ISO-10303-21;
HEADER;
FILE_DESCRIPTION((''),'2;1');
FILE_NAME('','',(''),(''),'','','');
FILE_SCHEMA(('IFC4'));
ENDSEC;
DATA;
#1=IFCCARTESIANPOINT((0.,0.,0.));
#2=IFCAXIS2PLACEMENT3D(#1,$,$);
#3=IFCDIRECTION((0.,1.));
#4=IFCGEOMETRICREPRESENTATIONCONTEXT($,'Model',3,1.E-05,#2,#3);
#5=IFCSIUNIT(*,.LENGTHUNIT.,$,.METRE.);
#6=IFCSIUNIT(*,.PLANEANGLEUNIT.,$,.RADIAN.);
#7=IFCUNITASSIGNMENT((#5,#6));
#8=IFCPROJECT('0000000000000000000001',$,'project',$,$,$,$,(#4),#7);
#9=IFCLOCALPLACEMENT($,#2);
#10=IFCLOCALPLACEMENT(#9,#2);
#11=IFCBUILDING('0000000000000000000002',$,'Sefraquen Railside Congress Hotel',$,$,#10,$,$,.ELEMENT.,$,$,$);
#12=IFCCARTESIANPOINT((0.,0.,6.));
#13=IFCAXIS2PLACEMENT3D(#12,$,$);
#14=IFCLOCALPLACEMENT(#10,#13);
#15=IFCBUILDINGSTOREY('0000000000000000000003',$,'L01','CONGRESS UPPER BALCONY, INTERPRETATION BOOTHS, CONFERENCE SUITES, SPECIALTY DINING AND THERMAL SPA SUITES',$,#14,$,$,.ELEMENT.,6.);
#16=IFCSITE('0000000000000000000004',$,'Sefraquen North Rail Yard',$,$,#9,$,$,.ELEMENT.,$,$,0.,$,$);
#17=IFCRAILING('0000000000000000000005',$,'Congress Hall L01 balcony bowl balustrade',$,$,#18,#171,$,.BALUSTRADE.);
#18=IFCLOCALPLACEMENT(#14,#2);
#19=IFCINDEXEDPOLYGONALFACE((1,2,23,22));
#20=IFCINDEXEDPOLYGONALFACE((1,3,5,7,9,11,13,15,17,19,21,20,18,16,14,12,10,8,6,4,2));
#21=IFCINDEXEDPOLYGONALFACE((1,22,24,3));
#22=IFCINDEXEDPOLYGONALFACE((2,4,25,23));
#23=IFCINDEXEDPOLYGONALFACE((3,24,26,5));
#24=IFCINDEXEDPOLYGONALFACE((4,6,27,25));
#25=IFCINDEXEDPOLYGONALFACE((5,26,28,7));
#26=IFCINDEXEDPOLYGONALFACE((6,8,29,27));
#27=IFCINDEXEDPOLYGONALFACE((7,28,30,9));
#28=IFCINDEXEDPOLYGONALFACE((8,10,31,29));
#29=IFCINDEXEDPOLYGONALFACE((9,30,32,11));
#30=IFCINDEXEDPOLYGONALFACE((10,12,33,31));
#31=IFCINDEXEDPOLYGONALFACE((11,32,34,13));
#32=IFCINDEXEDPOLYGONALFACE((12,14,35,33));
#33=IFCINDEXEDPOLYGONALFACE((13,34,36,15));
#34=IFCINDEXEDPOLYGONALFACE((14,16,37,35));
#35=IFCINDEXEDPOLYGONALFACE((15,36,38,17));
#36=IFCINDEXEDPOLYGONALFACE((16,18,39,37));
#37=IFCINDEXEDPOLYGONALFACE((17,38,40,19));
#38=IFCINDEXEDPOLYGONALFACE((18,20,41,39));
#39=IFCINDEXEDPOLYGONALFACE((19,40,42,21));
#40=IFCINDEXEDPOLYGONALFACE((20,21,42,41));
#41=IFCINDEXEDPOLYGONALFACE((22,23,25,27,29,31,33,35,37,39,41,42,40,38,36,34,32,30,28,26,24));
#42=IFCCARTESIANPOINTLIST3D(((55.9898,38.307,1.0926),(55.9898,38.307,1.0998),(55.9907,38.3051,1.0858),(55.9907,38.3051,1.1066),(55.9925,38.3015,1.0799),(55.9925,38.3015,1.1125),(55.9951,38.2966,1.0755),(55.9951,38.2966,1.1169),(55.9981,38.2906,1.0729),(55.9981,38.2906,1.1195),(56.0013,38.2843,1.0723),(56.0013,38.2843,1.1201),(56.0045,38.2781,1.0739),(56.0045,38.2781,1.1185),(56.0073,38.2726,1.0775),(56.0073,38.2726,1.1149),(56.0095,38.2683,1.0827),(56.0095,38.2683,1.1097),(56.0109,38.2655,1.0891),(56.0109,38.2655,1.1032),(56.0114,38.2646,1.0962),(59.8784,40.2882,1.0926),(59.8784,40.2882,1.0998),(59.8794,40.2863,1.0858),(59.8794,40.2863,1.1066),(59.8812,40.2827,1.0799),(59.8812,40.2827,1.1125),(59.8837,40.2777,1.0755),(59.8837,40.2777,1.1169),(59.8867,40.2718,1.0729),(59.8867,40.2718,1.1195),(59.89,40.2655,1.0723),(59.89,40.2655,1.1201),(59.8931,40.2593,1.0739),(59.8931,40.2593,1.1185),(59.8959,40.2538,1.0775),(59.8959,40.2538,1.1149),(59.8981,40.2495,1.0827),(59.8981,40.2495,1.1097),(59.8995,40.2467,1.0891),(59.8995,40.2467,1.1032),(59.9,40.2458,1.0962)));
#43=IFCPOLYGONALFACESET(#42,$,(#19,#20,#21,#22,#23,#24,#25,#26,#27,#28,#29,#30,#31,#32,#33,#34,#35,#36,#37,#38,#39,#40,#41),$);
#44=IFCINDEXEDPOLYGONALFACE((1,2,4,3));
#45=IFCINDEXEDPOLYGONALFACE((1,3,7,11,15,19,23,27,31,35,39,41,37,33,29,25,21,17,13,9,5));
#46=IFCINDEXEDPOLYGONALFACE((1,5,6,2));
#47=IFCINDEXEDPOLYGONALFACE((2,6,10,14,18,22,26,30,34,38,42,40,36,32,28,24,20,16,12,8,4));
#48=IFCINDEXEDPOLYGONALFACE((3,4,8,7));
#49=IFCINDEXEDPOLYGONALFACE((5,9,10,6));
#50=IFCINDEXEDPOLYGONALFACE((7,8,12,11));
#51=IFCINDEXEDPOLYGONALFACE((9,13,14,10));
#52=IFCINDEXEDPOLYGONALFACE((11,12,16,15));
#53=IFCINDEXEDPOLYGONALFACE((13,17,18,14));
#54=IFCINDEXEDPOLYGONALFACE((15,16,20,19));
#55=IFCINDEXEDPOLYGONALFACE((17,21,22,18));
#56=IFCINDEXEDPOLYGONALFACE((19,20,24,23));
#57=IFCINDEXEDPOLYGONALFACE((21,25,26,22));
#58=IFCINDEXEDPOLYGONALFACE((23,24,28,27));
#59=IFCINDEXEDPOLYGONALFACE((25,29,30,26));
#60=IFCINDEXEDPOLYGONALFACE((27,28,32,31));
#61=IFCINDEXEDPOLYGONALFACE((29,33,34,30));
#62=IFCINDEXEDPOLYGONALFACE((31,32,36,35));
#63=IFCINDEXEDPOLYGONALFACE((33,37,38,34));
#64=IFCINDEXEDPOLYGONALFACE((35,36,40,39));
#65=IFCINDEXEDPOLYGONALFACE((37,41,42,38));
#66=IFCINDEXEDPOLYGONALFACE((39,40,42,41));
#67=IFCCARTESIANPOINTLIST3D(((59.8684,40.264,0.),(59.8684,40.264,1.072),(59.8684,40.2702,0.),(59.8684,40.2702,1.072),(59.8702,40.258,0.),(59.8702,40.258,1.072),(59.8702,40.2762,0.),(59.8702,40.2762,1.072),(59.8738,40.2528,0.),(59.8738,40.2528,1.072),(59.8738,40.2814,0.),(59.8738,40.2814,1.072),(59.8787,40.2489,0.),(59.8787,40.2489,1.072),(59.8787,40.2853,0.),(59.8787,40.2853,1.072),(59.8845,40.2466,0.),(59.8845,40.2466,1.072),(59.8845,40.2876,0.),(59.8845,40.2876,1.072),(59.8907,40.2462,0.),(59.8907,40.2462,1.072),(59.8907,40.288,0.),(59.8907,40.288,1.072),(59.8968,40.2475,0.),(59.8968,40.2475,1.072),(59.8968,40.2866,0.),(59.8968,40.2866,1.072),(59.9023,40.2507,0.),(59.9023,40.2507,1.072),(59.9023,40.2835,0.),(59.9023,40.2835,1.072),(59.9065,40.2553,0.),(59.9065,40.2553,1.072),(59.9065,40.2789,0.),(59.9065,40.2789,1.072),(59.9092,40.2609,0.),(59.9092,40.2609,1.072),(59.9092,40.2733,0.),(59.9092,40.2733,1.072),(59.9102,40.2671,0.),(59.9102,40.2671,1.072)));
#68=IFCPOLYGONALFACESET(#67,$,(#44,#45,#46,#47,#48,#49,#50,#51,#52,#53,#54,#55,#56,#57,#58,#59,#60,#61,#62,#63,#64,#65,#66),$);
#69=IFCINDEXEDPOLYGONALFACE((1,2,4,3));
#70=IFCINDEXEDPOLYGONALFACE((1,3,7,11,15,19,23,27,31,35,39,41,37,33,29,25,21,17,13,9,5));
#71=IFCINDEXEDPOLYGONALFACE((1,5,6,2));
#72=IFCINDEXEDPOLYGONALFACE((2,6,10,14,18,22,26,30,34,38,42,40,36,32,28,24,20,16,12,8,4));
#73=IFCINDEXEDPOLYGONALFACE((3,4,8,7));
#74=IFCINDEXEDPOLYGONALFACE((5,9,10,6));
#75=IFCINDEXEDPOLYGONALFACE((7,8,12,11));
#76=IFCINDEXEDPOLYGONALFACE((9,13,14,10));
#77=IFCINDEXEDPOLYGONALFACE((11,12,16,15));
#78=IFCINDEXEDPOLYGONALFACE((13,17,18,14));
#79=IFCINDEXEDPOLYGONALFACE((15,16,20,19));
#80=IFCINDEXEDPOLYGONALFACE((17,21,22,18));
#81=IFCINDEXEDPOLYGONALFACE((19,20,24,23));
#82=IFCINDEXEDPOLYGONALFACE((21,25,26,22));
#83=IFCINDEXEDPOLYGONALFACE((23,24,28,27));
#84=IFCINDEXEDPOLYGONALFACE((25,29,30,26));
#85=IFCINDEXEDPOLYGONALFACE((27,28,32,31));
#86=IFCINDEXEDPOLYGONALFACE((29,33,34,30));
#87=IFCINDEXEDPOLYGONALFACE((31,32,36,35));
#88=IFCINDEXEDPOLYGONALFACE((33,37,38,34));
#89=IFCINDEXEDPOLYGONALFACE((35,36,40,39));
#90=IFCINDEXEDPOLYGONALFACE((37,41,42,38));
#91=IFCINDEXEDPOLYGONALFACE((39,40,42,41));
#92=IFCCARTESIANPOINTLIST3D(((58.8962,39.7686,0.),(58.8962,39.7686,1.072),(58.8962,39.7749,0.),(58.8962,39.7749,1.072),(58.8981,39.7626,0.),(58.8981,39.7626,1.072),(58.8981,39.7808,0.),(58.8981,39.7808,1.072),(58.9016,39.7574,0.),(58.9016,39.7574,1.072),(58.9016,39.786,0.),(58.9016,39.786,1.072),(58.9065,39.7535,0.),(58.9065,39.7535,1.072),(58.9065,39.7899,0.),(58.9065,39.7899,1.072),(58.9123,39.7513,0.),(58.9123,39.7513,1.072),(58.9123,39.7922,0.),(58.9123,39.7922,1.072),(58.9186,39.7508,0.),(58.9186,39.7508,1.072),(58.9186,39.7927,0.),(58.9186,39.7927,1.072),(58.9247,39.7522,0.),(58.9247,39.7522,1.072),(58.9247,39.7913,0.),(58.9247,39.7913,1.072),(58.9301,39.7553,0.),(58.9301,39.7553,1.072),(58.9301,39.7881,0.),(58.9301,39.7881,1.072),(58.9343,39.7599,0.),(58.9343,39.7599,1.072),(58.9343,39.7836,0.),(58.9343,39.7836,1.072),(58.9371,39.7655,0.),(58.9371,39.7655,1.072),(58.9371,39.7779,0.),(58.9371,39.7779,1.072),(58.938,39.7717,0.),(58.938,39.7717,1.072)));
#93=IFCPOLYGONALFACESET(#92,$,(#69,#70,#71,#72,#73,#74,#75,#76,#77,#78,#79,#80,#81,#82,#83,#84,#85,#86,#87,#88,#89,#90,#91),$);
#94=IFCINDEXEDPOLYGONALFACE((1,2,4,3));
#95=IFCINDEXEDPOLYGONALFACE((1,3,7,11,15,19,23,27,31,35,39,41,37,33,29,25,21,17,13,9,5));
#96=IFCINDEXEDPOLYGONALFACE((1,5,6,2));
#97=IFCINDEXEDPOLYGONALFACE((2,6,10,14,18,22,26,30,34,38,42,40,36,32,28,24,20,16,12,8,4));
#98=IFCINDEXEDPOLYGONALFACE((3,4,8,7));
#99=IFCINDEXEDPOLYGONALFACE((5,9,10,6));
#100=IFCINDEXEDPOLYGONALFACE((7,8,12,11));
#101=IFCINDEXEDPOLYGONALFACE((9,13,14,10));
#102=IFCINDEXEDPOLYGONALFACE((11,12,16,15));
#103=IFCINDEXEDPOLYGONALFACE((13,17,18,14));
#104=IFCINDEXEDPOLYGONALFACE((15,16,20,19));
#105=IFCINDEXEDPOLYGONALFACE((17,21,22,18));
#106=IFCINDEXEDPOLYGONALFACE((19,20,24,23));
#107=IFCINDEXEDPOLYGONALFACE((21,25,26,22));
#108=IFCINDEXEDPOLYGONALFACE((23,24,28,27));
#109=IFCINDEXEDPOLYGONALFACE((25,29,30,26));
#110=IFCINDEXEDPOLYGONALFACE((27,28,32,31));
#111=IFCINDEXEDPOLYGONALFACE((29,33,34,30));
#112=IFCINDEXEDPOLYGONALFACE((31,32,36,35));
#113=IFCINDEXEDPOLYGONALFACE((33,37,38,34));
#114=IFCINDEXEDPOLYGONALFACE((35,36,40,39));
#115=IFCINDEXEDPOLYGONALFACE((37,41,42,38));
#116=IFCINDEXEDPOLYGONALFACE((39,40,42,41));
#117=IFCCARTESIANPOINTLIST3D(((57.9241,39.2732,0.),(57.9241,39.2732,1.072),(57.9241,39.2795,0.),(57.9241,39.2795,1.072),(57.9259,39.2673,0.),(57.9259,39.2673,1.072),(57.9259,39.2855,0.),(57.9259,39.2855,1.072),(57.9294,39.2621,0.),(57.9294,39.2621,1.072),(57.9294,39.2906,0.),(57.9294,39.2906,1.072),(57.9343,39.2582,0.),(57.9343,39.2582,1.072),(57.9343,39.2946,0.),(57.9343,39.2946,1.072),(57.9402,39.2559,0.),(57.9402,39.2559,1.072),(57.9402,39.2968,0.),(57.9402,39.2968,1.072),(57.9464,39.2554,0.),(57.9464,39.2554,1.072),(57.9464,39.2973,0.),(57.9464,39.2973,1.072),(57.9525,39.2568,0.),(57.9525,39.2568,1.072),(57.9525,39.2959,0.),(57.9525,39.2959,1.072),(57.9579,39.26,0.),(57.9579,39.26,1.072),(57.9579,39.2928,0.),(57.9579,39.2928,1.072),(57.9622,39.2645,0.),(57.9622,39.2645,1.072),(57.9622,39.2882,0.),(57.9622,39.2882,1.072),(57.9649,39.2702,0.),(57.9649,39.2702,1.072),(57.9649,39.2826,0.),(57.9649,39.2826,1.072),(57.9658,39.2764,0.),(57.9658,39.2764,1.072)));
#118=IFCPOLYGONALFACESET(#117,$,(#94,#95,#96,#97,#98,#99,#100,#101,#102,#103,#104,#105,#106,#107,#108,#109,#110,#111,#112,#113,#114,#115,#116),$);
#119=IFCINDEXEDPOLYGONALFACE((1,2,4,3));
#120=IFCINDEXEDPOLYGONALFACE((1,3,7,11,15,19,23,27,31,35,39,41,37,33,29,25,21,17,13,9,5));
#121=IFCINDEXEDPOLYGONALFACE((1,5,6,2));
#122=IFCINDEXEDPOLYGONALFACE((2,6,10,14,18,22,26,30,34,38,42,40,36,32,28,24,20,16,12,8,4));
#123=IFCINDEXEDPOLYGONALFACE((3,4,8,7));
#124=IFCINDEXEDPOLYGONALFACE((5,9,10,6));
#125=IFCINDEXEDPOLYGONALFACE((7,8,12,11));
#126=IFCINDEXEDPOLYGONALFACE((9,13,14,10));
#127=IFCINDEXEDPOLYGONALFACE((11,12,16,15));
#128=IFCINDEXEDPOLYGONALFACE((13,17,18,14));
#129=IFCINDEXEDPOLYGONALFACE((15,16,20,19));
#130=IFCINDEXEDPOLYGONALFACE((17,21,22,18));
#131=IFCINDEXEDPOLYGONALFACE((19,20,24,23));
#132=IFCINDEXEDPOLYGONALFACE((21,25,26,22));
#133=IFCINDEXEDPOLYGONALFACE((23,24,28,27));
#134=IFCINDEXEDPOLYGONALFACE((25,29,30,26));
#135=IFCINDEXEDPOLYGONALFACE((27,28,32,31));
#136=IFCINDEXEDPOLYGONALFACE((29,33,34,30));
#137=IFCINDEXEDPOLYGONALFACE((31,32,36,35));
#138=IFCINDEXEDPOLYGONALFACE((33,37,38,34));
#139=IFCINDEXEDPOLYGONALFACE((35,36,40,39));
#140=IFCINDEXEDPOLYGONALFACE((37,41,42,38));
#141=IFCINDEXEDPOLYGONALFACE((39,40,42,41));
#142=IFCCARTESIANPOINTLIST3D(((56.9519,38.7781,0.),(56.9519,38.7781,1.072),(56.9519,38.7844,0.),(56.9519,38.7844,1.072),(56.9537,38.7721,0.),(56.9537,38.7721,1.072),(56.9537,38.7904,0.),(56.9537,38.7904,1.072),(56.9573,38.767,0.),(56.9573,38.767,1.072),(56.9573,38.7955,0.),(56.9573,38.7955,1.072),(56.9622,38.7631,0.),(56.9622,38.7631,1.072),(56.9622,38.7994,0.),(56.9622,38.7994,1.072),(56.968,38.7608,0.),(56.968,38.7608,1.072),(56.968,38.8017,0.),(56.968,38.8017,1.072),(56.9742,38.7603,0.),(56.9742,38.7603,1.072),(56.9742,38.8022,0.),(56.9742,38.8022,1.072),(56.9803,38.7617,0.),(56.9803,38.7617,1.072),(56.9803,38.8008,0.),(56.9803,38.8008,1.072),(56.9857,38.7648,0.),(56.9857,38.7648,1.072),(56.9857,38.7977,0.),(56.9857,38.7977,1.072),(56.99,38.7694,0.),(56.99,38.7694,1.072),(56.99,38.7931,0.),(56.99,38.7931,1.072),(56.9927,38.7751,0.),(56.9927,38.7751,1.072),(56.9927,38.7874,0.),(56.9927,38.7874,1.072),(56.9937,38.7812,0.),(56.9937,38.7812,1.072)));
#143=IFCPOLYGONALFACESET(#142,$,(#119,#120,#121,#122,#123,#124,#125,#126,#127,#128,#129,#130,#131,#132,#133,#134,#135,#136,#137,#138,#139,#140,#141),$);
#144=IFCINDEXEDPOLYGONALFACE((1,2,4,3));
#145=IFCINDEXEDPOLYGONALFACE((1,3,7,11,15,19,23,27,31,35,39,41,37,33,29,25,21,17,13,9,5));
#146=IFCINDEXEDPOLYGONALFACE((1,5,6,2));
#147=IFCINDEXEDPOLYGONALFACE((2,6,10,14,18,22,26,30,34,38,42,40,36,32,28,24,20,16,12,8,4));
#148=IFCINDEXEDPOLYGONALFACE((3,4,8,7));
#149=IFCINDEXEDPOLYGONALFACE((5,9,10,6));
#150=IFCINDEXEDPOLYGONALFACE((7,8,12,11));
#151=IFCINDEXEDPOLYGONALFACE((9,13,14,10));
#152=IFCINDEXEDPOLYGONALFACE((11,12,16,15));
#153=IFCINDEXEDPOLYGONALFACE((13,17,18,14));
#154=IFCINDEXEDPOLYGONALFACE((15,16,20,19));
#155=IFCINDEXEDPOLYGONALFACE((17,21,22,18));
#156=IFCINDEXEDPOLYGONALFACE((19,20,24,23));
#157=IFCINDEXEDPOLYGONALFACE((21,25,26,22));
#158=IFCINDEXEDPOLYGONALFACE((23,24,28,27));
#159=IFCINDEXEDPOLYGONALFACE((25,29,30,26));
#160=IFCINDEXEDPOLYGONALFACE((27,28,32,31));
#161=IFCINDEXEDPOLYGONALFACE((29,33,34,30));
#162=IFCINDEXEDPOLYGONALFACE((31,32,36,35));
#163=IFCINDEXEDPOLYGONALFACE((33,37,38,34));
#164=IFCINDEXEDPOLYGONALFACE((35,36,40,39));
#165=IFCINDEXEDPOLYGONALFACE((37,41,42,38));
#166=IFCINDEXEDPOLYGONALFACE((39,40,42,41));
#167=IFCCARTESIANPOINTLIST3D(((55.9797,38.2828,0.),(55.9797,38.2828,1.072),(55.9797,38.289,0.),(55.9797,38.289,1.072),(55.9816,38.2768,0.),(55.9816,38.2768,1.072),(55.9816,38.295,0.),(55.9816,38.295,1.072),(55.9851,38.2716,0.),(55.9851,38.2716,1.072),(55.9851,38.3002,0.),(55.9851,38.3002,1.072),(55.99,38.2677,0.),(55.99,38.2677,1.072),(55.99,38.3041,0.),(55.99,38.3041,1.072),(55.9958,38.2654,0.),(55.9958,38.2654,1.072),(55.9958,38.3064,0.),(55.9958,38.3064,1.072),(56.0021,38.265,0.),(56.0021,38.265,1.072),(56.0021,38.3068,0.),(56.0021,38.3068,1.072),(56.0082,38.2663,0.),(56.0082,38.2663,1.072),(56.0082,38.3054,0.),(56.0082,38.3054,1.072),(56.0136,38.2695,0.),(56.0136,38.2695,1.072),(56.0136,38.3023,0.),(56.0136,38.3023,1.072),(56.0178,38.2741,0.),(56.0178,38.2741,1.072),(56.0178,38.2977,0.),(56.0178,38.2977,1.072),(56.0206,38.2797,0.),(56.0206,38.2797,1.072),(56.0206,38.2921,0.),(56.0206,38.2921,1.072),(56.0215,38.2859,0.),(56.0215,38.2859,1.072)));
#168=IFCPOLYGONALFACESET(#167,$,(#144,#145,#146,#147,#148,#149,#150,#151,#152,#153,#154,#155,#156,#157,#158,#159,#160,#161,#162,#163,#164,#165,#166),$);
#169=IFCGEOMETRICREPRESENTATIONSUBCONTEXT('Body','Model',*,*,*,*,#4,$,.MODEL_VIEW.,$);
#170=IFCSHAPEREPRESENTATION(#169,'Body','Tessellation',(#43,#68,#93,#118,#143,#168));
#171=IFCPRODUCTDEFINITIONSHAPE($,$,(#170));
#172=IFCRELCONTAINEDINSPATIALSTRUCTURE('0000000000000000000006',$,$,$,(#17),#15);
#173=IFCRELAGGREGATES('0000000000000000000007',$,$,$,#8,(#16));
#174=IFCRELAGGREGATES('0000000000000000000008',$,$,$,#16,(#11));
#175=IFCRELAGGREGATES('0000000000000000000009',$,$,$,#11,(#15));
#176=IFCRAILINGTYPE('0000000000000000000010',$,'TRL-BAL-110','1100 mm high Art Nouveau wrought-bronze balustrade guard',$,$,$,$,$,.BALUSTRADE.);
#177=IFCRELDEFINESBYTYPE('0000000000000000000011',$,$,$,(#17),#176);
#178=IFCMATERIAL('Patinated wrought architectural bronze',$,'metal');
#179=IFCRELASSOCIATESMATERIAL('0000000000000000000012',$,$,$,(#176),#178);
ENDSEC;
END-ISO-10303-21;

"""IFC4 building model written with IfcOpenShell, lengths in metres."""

from ifc_helpers import new_model, si_unit, direction, frame, origin, origin_2d, place, context, subcontext, project, spatial, circle, extrude, material, type_object, element, save


model = new_model("IFC4")

# Units and contexts
model_context = context("Model", 3, precision=1e-05, world=origin(), true_north=direction((0.0, 1.0)))
body_context = subcontext(model_context, "Body", "Model", "MODEL_VIEW")
ifc_project = project(units=[si_unit("LENGTHUNIT", "METRE"), si_unit("PLANEANGLEUNIT", "RADIAN")], contexts=[model_context])

# Site, building, storey
site_placement = place(None, origin())
site = spatial("IfcSite", under=ifc_project, at=site_placement, Name="Sefraquen North Rail Yard", CompositionType="ELEMENT", RefElevation=0.0)
building_placement = place(site_placement, origin())
building = spatial("IfcBuilding", under=site, at=building_placement, Name="Sefraquen Railside Congress Hotel", CompositionType="ELEMENT")
storey_placement = place(building_placement, frame((0.0, 0.0, 6.0)))
storey = spatial("IfcBuildingStorey", under=building, at=storey_placement, Name="L01", Description="CONGRESS UPPER BALCONY, INTERPRETATION BOOTHS, CONFERENCE SUITES, SPECIALTY DINING AND THERMAL SPA SUITES", CompositionType="ELEMENT", Elevation=6.0)

# Railing
ifc_material_1 = material(Name="Patinated wrought architectural bronze", Category="metal")
railing_type = type_object("IfcRailingType", Name="TRL-BAL-110", Description="1100 mm high Art Nouveau wrought-bronze balustrade guard", PredefinedType="BALUSTRADE", material=ifc_material_1)
railing_1_placement = place(storey_placement, frame((59.8892, 40.2671, 0.0)))
element("IfcRailing", 1, at=railing_1_placement, inside=storey, type_object=railing_type, Name="Congress Hall L01 balcony bowl balustrade", PredefinedType="BALUSTRADE", context=body_context, shape_type="SweptSolid", body=[
    extrude(circle(Radius=0.0239, at=origin_2d()), frame((0.0, 0.0, 1.0962), z_axis=(-0.891023, -0.453958, 0.0), x_axis=(0.453958, -0.891023, 0.0)), (0.0, 0.0, 1.0), 4.3643),
    extrude(circle(Radius=0.021, at=origin_2d()), origin(), (0.0, 0.0, 1.0), 1.072),
    extrude(circle(Radius=0.021, at=origin_2d()), frame((-0.9722, -0.4954, 0.0)), (0.0, 0.0, 1.0), 1.072),
    extrude(circle(Radius=0.021, at=origin_2d()), frame((-1.9443, -0.9907, 0.0)), (0.0, 0.0, 1.0), 1.072),
    extrude(circle(Radius=0.021, at=origin_2d()), frame((-2.9165, -1.4858, 0.0)), (0.0, 0.0, 1.0), 1.072),
    extrude(circle(Radius=0.021, at=origin_2d()), frame((-3.8887, -1.9812, 0.0)), (0.0, 0.0, 1.0), 1.072),
])

save(model, "model.ifc")
